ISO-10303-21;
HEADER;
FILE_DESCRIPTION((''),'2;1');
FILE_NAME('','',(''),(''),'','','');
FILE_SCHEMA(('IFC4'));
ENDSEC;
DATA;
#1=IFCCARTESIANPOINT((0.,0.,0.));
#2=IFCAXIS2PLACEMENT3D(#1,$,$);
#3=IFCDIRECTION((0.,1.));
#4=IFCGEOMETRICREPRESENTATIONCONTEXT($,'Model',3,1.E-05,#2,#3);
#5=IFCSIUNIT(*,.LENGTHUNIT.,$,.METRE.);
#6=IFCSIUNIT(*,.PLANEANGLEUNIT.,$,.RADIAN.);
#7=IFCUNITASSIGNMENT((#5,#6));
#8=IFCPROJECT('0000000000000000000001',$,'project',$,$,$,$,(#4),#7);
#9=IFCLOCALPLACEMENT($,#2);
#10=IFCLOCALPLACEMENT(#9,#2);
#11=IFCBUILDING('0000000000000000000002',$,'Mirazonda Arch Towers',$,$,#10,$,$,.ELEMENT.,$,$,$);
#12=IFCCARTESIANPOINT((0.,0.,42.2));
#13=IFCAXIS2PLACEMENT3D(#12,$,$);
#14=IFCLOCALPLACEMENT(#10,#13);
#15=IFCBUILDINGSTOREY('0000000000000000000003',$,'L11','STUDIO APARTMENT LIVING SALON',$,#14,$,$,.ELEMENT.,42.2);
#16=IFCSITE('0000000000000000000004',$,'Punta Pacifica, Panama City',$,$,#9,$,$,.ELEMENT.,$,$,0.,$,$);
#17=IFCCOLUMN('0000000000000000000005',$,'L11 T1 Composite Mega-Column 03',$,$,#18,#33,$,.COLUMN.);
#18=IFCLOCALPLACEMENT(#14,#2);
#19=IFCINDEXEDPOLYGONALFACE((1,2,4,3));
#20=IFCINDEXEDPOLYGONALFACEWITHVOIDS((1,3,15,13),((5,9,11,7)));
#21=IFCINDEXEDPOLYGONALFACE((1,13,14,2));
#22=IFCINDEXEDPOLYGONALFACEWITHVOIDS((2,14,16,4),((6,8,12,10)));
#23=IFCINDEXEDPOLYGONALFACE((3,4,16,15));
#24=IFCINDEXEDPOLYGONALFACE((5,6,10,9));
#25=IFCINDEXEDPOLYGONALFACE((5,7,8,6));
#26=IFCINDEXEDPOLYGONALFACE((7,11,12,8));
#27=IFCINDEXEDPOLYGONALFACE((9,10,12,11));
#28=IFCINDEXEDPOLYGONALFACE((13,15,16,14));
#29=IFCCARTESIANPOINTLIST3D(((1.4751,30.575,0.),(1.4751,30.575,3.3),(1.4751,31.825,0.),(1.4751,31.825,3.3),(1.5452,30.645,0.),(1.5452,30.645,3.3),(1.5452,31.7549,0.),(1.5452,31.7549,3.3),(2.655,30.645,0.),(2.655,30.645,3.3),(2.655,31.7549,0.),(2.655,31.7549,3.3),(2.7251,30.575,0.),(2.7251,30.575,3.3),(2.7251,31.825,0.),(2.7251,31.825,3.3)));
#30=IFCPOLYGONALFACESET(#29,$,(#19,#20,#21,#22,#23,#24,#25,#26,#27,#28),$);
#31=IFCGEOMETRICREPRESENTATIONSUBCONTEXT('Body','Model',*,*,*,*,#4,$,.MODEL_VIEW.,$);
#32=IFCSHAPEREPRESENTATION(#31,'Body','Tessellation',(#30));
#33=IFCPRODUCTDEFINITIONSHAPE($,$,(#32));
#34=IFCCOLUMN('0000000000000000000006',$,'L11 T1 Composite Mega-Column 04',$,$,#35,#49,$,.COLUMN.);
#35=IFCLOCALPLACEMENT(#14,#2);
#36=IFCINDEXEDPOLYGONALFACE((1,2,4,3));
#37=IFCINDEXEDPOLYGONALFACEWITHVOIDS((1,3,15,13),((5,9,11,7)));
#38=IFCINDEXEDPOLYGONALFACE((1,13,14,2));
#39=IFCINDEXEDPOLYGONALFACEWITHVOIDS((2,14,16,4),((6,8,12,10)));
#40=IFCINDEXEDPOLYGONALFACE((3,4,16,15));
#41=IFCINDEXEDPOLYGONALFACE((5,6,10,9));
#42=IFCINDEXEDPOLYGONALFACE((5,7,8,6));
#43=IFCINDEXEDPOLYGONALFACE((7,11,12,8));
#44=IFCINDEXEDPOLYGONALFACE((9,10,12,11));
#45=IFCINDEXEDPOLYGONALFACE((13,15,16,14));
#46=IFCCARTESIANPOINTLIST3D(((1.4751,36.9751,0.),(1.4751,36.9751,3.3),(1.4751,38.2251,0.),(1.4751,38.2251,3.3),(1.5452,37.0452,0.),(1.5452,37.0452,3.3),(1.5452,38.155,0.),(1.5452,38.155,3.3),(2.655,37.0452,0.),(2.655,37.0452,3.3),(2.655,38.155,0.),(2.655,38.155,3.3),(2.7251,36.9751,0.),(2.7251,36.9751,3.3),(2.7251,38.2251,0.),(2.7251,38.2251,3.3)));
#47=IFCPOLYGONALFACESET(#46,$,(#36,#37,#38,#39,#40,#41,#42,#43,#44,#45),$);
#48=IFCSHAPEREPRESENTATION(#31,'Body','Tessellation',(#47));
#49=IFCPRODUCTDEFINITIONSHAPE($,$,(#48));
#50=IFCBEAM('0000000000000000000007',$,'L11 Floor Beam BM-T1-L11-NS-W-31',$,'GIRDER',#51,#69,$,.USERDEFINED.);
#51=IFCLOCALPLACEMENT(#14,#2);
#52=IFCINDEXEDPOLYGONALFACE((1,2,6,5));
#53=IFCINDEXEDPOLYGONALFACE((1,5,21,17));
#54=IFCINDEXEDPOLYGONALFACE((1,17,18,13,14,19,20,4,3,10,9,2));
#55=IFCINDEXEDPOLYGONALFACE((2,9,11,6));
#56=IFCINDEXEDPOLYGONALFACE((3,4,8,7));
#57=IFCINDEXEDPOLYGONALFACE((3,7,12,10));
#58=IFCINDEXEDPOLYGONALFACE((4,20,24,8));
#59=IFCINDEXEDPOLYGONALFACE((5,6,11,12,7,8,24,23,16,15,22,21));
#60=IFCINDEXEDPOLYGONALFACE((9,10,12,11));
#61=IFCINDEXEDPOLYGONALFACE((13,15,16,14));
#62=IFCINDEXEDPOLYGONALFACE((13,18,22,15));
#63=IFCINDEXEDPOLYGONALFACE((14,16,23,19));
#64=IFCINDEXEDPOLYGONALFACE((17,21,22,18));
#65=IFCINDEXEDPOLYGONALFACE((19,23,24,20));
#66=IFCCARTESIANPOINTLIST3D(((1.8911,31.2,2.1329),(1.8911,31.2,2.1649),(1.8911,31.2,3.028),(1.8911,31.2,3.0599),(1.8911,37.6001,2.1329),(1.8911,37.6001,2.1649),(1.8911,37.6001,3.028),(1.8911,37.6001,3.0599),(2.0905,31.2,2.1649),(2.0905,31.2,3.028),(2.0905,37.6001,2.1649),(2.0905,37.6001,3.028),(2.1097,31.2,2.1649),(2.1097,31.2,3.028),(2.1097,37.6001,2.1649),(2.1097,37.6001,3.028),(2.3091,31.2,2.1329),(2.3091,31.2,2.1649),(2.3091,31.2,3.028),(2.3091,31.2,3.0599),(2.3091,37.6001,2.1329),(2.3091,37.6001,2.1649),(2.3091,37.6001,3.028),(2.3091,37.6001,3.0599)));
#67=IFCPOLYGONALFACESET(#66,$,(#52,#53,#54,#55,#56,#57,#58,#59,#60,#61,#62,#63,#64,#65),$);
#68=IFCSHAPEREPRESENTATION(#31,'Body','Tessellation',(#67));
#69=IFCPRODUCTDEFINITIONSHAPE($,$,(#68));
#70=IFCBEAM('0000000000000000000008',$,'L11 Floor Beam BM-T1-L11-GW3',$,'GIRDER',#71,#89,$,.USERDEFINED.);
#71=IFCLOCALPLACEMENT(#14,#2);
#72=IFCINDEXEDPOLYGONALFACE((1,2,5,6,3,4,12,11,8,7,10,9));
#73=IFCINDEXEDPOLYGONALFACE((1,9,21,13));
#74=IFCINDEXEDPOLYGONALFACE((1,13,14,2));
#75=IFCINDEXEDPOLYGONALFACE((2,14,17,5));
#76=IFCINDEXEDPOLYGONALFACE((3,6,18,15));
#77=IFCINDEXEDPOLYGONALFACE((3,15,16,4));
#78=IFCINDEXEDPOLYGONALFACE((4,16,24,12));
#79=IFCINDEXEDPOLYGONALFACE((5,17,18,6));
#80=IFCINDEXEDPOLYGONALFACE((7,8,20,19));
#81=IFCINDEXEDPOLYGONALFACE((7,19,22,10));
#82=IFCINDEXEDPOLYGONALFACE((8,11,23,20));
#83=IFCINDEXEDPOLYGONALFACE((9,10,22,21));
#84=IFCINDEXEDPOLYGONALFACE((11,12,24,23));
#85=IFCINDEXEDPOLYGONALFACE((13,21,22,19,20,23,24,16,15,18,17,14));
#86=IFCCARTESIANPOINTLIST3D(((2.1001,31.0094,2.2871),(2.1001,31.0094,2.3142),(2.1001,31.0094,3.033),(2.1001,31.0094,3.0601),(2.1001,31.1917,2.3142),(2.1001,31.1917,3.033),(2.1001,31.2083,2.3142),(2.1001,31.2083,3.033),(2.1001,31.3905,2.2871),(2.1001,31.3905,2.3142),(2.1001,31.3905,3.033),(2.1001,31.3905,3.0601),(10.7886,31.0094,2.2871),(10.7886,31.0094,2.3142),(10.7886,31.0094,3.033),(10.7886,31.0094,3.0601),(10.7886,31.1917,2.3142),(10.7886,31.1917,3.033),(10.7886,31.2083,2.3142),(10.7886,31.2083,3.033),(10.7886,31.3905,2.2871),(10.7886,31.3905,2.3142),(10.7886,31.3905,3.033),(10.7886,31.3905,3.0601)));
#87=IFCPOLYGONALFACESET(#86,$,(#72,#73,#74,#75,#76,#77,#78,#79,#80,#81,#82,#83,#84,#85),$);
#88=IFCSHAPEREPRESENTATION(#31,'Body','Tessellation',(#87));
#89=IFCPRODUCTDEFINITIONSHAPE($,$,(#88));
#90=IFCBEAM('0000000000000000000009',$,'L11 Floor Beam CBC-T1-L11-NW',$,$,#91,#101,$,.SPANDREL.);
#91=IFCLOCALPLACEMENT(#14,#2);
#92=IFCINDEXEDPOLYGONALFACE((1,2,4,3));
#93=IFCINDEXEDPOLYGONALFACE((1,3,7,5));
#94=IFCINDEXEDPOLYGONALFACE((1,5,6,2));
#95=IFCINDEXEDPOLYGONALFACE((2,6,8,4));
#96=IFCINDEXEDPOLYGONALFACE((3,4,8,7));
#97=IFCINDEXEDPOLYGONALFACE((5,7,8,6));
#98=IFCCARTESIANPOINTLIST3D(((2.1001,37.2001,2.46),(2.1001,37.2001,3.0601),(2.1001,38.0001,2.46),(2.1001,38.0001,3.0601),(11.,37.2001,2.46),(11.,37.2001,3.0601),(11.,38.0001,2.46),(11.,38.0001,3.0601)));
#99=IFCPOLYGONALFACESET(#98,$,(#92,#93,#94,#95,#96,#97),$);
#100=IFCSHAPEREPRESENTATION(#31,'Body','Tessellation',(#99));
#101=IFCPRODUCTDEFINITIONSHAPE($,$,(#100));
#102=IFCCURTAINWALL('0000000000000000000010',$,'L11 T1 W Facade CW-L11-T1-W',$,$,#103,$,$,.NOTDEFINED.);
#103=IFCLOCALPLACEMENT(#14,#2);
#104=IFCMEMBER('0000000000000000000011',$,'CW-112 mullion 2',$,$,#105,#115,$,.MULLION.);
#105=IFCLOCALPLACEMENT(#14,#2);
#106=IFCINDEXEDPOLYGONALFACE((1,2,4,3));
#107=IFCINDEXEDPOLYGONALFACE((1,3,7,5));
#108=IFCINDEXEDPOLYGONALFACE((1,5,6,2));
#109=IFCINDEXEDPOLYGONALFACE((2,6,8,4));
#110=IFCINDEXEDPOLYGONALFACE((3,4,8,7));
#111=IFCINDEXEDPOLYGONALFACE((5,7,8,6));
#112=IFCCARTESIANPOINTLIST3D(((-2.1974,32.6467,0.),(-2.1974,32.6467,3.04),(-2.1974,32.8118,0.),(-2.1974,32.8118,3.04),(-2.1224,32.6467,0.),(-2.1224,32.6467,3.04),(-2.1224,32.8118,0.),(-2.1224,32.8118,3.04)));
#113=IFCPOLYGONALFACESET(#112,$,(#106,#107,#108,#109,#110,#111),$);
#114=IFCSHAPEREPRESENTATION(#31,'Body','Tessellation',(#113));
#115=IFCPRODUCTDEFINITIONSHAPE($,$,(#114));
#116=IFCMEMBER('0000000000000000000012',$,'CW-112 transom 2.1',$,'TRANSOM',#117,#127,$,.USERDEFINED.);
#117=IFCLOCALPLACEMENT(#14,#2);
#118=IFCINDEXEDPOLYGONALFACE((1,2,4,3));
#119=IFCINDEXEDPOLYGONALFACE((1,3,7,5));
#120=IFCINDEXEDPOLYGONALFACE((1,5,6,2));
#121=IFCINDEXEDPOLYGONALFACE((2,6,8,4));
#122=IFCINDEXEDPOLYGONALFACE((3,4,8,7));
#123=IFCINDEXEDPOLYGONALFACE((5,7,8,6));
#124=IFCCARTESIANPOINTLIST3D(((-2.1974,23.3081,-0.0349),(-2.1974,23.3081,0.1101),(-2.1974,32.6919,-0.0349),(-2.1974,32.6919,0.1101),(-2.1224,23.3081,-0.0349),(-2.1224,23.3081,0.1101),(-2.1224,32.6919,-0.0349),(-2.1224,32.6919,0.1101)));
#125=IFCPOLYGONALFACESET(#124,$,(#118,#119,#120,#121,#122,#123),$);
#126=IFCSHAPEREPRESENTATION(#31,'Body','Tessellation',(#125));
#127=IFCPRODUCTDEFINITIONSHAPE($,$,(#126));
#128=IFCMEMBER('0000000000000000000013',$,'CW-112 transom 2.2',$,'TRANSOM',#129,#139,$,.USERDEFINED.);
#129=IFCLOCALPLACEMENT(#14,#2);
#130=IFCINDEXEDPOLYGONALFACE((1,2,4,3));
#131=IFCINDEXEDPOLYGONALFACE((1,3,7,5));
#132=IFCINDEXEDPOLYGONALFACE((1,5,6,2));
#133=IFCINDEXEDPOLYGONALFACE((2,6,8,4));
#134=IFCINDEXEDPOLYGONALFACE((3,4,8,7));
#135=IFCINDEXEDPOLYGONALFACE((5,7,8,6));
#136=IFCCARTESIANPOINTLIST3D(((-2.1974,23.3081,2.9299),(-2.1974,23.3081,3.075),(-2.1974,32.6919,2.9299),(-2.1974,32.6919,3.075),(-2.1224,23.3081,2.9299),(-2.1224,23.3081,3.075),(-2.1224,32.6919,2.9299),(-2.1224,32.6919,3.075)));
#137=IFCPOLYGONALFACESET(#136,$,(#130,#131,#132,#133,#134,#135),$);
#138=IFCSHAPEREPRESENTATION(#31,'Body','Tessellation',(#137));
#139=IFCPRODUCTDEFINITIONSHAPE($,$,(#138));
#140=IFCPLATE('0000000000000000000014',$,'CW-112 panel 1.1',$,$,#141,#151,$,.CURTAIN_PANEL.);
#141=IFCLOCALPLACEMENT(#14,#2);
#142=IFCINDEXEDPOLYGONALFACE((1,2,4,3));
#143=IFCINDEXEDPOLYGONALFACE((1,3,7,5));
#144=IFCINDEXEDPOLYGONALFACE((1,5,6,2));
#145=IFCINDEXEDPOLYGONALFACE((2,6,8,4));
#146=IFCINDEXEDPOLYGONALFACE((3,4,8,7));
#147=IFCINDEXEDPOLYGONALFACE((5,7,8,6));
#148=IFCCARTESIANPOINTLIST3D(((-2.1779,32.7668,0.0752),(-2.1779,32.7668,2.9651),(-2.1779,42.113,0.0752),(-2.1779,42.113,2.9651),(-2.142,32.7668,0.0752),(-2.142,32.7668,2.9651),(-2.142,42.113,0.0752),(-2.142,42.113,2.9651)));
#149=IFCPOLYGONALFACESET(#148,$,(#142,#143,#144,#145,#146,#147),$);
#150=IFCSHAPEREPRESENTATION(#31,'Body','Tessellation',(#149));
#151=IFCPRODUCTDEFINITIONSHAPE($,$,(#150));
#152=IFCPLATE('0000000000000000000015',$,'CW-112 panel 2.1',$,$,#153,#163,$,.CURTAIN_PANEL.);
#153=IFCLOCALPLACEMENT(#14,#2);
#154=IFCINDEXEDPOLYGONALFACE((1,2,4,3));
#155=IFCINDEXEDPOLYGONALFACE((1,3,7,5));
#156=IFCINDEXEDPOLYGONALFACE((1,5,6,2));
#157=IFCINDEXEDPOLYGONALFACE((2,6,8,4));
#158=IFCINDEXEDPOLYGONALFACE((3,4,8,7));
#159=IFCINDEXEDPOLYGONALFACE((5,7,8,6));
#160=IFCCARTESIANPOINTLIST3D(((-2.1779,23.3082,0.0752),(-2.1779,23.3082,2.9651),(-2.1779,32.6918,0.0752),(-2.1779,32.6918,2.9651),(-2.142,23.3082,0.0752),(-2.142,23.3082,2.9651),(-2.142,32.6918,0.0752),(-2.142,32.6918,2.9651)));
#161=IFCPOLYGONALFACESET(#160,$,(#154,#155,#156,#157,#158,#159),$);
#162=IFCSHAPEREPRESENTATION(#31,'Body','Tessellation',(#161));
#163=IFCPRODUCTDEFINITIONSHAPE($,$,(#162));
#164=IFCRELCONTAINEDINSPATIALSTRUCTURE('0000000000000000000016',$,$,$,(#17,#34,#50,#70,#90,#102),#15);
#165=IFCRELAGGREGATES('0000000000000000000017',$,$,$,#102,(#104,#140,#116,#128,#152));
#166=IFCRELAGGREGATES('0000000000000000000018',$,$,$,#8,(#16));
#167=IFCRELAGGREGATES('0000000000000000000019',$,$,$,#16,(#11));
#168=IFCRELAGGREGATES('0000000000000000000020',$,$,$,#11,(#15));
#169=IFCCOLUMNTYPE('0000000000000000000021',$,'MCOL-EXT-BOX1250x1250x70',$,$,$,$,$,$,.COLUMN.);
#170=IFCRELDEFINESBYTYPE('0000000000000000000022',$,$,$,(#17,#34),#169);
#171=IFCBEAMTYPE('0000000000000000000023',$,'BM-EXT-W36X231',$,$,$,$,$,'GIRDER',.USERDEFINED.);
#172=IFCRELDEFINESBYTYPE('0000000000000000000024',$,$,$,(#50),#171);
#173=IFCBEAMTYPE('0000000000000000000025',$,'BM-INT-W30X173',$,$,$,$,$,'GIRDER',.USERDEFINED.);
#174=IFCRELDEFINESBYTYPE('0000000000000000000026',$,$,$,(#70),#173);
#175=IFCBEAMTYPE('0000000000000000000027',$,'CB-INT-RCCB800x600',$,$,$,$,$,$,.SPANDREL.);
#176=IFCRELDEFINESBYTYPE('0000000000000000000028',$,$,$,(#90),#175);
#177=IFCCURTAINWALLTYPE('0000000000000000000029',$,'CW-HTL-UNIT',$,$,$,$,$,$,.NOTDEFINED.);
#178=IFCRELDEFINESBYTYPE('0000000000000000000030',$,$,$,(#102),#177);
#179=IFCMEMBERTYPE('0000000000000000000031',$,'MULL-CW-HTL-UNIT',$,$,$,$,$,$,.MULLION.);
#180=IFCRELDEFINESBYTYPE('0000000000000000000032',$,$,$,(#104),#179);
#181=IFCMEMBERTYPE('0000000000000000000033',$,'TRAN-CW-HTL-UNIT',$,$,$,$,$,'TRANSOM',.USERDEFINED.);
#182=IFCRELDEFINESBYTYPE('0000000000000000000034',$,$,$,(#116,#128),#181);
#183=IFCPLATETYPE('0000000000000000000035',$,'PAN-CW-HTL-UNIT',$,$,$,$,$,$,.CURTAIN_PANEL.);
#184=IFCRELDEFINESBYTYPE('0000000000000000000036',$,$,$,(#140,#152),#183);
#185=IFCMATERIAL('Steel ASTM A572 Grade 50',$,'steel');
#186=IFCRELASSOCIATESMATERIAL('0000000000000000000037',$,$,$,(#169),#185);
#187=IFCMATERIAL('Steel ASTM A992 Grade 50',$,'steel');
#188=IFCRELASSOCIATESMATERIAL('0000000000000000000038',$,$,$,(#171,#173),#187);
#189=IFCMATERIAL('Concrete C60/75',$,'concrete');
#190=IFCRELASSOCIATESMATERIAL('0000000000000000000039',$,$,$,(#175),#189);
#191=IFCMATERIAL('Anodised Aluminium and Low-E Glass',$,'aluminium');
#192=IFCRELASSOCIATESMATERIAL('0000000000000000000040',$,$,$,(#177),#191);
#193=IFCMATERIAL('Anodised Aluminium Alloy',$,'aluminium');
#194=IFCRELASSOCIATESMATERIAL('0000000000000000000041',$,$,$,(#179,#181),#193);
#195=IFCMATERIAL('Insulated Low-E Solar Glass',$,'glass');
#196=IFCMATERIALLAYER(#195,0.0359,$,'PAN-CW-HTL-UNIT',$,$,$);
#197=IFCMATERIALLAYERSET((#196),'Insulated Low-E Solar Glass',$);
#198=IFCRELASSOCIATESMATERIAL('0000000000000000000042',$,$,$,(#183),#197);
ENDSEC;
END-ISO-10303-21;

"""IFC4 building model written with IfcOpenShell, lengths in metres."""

from ifc_helpers import new_model, si_unit, direction, frame, origin, origin_2d, place, context, subcontext, project, spatial, rectangle, hollow_rectangle, i_section, extrude, material, layer, layer_set, material_profile, profile_set, type_object, element, aggregate, save


model = new_model("IFC4")

# Units and contexts
model_context = context("Model", 3, precision=1e-05, world=origin(), true_north=direction((0.0, 1.0)))
body_context = subcontext(model_context, "Body", "Model", "MODEL_VIEW")
ifc_project = project(units=[si_unit("LENGTHUNIT", "METRE"), si_unit("PLANEANGLEUNIT", "RADIAN")], contexts=[model_context])

# Site, building, storey
site_placement = place(None, origin())
site = spatial("IfcSite", under=ifc_project, at=site_placement, Name="Punta Pacifica, Panama City", CompositionType="ELEMENT", RefElevation=0.0)
building_placement = place(site_placement, origin())
building = spatial("IfcBuilding", under=site, at=building_placement, Name="Mirazonda Arch Towers", CompositionType="ELEMENT")
storey_placement = place(building_placement, frame((0.0, 0.0, 42.2)))
storey = spatial("IfcBuildingStorey", under=building, at=storey_placement, Name="L11", Description="STUDIO APARTMENT LIVING SALON", CompositionType="ELEMENT", Elevation=42.2)

# Columns
ifc_material_1 = material(Name="Steel ASTM A572 Grade 50", Category="steel")
ifc_material_profile_1 = material_profile(ifc_material_1, hollow_rectangle(XDim=1.25, YDim=1.25, WallThickness=0.0701, at=origin_2d()), Name="BOX1250x1250x70")
ifc_profile_set_1 = profile_set([ifc_material_profile_1], Name="Steel ASTM A572 Grade 50")
column_type = type_object("IfcColumnType", Name="MCOL-EXT-BOX1250x1250x70", PredefinedType="COLUMN", material=ifc_profile_set_1)
for number, where, z_axis, x_axis, name in (
    (1, (2.1001, 31.2, 0.0), (0.0, 0.0, 1.0), (1.0, 0.0, 0.0), "L11 T1 Composite Mega-Column 03"),
    (2, (2.1001, 37.6001, 0.0), (0.0, 0.0, 1.0), (1.0, 0.0, 0.0), "L11 T1 Composite Mega-Column 04"),
):
    element("IfcColumn", number, at=place(storey_placement, frame(where, z_axis=z_axis, x_axis=x_axis)), inside=storey, type_object=column_type, Name=name, PredefinedType="COLUMN", context=body_context, shape_type="SweptSolid", body=[
        extrude(hollow_rectangle(XDim=1.25, YDim=1.25, WallThickness=0.0701, at=origin_2d()), origin(), (0.0, 0.0, 1.0), 3.3),
    ])

# Beams
ifc_material_2 = material(Name="Steel ASTM A992 Grade 50", Category="steel")
ifc_material_profile_2 = material_profile(ifc_material_2, i_section(OverallWidth=0.418, OverallDepth=0.927, WebThickness=0.0193, FlangeThickness=0.032, at=origin_2d()), Name="W36X231")
ifc_profile_set_2 = profile_set([ifc_material_profile_2], Name="Steel ASTM A992 Grade 50")
beam_type_1 = type_object("IfcBeamType", Name="BM-EXT-W36X231", ElementType="GIRDER", PredefinedType="USERDEFINED", material=ifc_profile_set_2)
beam_1_placement = place(storey_placement, frame((2.1001, 31.2, 2.5964), z_axis=(0.0, 1.0, 0.0), x_axis=(-1.0, 0.0, 0.0)))
element("IfcBeam", 3, at=beam_1_placement, inside=storey, type_object=beam_type_1, Name="L11 Floor Beam BM-T1-L11-NS-W-31", ObjectType="GIRDER", PredefinedType="USERDEFINED", context=body_context, shape_type="SweptSolid", body=[
    extrude(i_section(OverallWidth=0.418, OverallDepth=0.927, WebThickness=0.0193, FlangeThickness=0.032, at=origin_2d()), origin(), (0.0, 0.0, 1.0), 6.4001),
])
ifc_material_profile_3 = material_profile(ifc_material_2, i_section(OverallWidth=0.3811, OverallDepth=0.7729, WebThickness=0.0166, FlangeThickness=0.0271, at=origin_2d()), Name="W30X173")
ifc_profile_set_3 = profile_set([ifc_material_profile_3], Name="Steel ASTM A992 Grade 50")
beam_type_2 = type_object("IfcBeamType", Name="BM-INT-W30X173", ElementType="GIRDER", PredefinedType="USERDEFINED", material=ifc_profile_set_3)
beam_2_placement = place(storey_placement, frame((2.1001, 31.2, 2.6736), z_axis=(1.0, 0.0, 0.0), x_axis=(0.0, 1.0, 0.0)))
element("IfcBeam", 4, at=beam_2_placement, inside=storey, type_object=beam_type_2, Name="L11 Floor Beam BM-T1-L11-GW3", ObjectType="GIRDER", PredefinedType="USERDEFINED", context=body_context, shape_type="SweptSolid", body=[
    extrude(i_section(OverallWidth=0.3811, OverallDepth=0.7729, WebThickness=0.0166, FlangeThickness=0.0271, at=origin_2d()), origin(), (0.0, 0.0, 1.0), 8.6885),
])
ifc_material_3 = material(Name="Concrete C60/75", Category="concrete")
ifc_material_profile_4 = material_profile(ifc_material_3, rectangle(XDim=0.8, YDim=0.6001, at=origin_2d()), Name="RCCB800x600")
ifc_profile_set_4 = profile_set([ifc_material_profile_4], Name="Concrete C60/75")
beam_type_3 = type_object("IfcBeamType", Name="CB-INT-RCCB800x600", PredefinedType="SPANDREL", material=ifc_profile_set_4)
beam_3_placement = place(storey_placement, frame((2.1001, 37.6001, 2.76), z_axis=(1.0, 0.0, 0.0), x_axis=(0.0, 1.0, 0.0)))
element("IfcBeam", 5, at=beam_3_placement, inside=storey, type_object=beam_type_3, Name="L11 Floor Beam CBC-T1-L11-NW", PredefinedType="SPANDREL", context=body_context, shape_type="SweptSolid", body=[
    extrude(rectangle(XDim=0.8, YDim=0.6001, at=origin_2d()), origin(), (0.0, 0.0, 1.0), 8.8999),
])

# Curtain wall, members, plates
ifc_material_4 = material(Name="Anodised Aluminium and Low-E Glass", Category="aluminium")
curtain_wall_type = type_object("IfcCurtainWallType", Name="CW-HTL-UNIT", PredefinedType="NOTDEFINED", material=ifc_material_4)
curtain_wall_placement = place(storey_placement, origin())
curtain_wall = element("IfcCurtainWall", 6, at=curtain_wall_placement, inside=storey, type_object=curtain_wall_type, Name="L11 T1 W Facade CW-L11-T1-W", PredefinedType="NOTDEFINED")
ifc_material_5 = material(Name="Anodised Aluminium Alloy", Category="aluminium")
ifc_material_profile_5 = material_profile(ifc_material_5, rectangle(XDim=0.075, YDim=0.165, at=origin_2d()), Name="ALU-MULL-75x165")
ifc_profile_set_5 = profile_set([ifc_material_profile_5], Name="Anodised Aluminium Alloy")
member_type_1 = type_object("IfcMemberType", Name="MULL-CW-HTL-UNIT", PredefinedType="MULLION", material=ifc_profile_set_5)
member_1_placement = place(storey_placement, frame((-2.1599, 32.7292, 0.0), z_axis=(0.0, 0.0, 1.0), x_axis=(1.0, 0.0, 0.0)))
member_1 = element("IfcMember", 7, at=member_1_placement, type_object=member_type_1, Name="CW-112 mullion 2", PredefinedType="MULLION", context=body_context, shape_type="SweptSolid", body=[
    extrude(rectangle(XDim=0.075, YDim=0.165, at=origin_2d()), origin(), (0.0, 0.0, 1.0), 3.04),
])
ifc_material_profile_6 = material_profile(ifc_material_5, rectangle(XDim=0.075, YDim=0.145, at=origin_2d()), Name="ALU-TRAN-75x145")
ifc_profile_set_6 = profile_set([ifc_material_profile_6], Name="Anodised Aluminium Alloy")
member_type_2 = type_object("IfcMemberType", Name="TRAN-CW-HTL-UNIT", ElementType="TRANSOM", PredefinedType="USERDEFINED", material=ifc_profile_set_6)
member_2_placement = place(storey_placement, frame((-2.1599, 32.6919, 0.0376), z_axis=(0.0, -1.0, 0.0), x_axis=(1.0, 0.0, 0.0)))
member_2 = element("IfcMember", 8, at=member_2_placement, type_object=member_type_2, Name="CW-112 transom 2.1", ObjectType="TRANSOM", PredefinedType="USERDEFINED", context=body_context, shape_type="SweptSolid", body=[
    extrude(rectangle(XDim=0.075, YDim=0.145, at=origin_2d()), origin(), (0.0, 0.0, 1.0), 9.3838),
])
member_3_placement = place(storey_placement, frame((-2.1599, 32.6919, 3.0024), z_axis=(0.0, -1.0, 0.0), x_axis=(1.0, 0.0, 0.0)))
member_3 = element("IfcMember", 9, at=member_3_placement, type_object=member_type_2, Name="CW-112 transom 2.2", ObjectType="TRANSOM", PredefinedType="USERDEFINED", context=body_context, shape_type="SweptSolid", body=[
    extrude(rectangle(XDim=0.075, YDim=0.145, at=origin_2d()), origin(), (0.0, 0.0, 1.0), 9.3838),
])
ifc_material_6 = material(Name="Insulated Low-E Solar Glass", Category="glass")
ifc_layer_1 = layer(ifc_material_6, 0.0359, Name="PAN-CW-HTL-UNIT")
ifc_layer_set_1 = layer_set([ifc_layer_1], Name="Insulated Low-E Solar Glass")
plate_type = type_object("IfcPlateType", Name="PAN-CW-HTL-UNIT", PredefinedType="CURTAIN_PANEL", material=ifc_layer_set_1)
plate_1_placement = place(storey_placement, frame((-2.1599, 37.4399, 0.0752), z_axis=(0.0, 0.0, 1.0), x_axis=(0.0, -1.0, 0.0)))
plate_1 = element("IfcPlate", 10, at=plate_1_placement, type_object=plate_type, Name="CW-112 panel 1.1", PredefinedType="CURTAIN_PANEL", context=body_context, shape_type="SweptSolid", body=[
    extrude(rectangle(XDim=9.3462, YDim=0.0359, at=origin_2d()), origin(), (0.0, 0.0, 1.0), 2.8899),
])
plate_2_placement = place(storey_placement, frame((-2.1599, 28.0, 0.0752), z_axis=(0.0, 0.0, 1.0), x_axis=(0.0, -1.0, 0.0)))
plate_2 = element("IfcPlate", 11, at=plate_2_placement, type_object=plate_type, Name="CW-112 panel 2.1", PredefinedType="CURTAIN_PANEL", context=body_context, shape_type="SweptSolid", body=[
    extrude(rectangle(XDim=9.3835, YDim=0.0359, at=origin_2d()), origin(), (0.0, 0.0, 1.0), 2.8899),
])
aggregate(curtain_wall, [member_1, plate_1, member_2, member_3, plate_2])

save(model, "model.ifc")
